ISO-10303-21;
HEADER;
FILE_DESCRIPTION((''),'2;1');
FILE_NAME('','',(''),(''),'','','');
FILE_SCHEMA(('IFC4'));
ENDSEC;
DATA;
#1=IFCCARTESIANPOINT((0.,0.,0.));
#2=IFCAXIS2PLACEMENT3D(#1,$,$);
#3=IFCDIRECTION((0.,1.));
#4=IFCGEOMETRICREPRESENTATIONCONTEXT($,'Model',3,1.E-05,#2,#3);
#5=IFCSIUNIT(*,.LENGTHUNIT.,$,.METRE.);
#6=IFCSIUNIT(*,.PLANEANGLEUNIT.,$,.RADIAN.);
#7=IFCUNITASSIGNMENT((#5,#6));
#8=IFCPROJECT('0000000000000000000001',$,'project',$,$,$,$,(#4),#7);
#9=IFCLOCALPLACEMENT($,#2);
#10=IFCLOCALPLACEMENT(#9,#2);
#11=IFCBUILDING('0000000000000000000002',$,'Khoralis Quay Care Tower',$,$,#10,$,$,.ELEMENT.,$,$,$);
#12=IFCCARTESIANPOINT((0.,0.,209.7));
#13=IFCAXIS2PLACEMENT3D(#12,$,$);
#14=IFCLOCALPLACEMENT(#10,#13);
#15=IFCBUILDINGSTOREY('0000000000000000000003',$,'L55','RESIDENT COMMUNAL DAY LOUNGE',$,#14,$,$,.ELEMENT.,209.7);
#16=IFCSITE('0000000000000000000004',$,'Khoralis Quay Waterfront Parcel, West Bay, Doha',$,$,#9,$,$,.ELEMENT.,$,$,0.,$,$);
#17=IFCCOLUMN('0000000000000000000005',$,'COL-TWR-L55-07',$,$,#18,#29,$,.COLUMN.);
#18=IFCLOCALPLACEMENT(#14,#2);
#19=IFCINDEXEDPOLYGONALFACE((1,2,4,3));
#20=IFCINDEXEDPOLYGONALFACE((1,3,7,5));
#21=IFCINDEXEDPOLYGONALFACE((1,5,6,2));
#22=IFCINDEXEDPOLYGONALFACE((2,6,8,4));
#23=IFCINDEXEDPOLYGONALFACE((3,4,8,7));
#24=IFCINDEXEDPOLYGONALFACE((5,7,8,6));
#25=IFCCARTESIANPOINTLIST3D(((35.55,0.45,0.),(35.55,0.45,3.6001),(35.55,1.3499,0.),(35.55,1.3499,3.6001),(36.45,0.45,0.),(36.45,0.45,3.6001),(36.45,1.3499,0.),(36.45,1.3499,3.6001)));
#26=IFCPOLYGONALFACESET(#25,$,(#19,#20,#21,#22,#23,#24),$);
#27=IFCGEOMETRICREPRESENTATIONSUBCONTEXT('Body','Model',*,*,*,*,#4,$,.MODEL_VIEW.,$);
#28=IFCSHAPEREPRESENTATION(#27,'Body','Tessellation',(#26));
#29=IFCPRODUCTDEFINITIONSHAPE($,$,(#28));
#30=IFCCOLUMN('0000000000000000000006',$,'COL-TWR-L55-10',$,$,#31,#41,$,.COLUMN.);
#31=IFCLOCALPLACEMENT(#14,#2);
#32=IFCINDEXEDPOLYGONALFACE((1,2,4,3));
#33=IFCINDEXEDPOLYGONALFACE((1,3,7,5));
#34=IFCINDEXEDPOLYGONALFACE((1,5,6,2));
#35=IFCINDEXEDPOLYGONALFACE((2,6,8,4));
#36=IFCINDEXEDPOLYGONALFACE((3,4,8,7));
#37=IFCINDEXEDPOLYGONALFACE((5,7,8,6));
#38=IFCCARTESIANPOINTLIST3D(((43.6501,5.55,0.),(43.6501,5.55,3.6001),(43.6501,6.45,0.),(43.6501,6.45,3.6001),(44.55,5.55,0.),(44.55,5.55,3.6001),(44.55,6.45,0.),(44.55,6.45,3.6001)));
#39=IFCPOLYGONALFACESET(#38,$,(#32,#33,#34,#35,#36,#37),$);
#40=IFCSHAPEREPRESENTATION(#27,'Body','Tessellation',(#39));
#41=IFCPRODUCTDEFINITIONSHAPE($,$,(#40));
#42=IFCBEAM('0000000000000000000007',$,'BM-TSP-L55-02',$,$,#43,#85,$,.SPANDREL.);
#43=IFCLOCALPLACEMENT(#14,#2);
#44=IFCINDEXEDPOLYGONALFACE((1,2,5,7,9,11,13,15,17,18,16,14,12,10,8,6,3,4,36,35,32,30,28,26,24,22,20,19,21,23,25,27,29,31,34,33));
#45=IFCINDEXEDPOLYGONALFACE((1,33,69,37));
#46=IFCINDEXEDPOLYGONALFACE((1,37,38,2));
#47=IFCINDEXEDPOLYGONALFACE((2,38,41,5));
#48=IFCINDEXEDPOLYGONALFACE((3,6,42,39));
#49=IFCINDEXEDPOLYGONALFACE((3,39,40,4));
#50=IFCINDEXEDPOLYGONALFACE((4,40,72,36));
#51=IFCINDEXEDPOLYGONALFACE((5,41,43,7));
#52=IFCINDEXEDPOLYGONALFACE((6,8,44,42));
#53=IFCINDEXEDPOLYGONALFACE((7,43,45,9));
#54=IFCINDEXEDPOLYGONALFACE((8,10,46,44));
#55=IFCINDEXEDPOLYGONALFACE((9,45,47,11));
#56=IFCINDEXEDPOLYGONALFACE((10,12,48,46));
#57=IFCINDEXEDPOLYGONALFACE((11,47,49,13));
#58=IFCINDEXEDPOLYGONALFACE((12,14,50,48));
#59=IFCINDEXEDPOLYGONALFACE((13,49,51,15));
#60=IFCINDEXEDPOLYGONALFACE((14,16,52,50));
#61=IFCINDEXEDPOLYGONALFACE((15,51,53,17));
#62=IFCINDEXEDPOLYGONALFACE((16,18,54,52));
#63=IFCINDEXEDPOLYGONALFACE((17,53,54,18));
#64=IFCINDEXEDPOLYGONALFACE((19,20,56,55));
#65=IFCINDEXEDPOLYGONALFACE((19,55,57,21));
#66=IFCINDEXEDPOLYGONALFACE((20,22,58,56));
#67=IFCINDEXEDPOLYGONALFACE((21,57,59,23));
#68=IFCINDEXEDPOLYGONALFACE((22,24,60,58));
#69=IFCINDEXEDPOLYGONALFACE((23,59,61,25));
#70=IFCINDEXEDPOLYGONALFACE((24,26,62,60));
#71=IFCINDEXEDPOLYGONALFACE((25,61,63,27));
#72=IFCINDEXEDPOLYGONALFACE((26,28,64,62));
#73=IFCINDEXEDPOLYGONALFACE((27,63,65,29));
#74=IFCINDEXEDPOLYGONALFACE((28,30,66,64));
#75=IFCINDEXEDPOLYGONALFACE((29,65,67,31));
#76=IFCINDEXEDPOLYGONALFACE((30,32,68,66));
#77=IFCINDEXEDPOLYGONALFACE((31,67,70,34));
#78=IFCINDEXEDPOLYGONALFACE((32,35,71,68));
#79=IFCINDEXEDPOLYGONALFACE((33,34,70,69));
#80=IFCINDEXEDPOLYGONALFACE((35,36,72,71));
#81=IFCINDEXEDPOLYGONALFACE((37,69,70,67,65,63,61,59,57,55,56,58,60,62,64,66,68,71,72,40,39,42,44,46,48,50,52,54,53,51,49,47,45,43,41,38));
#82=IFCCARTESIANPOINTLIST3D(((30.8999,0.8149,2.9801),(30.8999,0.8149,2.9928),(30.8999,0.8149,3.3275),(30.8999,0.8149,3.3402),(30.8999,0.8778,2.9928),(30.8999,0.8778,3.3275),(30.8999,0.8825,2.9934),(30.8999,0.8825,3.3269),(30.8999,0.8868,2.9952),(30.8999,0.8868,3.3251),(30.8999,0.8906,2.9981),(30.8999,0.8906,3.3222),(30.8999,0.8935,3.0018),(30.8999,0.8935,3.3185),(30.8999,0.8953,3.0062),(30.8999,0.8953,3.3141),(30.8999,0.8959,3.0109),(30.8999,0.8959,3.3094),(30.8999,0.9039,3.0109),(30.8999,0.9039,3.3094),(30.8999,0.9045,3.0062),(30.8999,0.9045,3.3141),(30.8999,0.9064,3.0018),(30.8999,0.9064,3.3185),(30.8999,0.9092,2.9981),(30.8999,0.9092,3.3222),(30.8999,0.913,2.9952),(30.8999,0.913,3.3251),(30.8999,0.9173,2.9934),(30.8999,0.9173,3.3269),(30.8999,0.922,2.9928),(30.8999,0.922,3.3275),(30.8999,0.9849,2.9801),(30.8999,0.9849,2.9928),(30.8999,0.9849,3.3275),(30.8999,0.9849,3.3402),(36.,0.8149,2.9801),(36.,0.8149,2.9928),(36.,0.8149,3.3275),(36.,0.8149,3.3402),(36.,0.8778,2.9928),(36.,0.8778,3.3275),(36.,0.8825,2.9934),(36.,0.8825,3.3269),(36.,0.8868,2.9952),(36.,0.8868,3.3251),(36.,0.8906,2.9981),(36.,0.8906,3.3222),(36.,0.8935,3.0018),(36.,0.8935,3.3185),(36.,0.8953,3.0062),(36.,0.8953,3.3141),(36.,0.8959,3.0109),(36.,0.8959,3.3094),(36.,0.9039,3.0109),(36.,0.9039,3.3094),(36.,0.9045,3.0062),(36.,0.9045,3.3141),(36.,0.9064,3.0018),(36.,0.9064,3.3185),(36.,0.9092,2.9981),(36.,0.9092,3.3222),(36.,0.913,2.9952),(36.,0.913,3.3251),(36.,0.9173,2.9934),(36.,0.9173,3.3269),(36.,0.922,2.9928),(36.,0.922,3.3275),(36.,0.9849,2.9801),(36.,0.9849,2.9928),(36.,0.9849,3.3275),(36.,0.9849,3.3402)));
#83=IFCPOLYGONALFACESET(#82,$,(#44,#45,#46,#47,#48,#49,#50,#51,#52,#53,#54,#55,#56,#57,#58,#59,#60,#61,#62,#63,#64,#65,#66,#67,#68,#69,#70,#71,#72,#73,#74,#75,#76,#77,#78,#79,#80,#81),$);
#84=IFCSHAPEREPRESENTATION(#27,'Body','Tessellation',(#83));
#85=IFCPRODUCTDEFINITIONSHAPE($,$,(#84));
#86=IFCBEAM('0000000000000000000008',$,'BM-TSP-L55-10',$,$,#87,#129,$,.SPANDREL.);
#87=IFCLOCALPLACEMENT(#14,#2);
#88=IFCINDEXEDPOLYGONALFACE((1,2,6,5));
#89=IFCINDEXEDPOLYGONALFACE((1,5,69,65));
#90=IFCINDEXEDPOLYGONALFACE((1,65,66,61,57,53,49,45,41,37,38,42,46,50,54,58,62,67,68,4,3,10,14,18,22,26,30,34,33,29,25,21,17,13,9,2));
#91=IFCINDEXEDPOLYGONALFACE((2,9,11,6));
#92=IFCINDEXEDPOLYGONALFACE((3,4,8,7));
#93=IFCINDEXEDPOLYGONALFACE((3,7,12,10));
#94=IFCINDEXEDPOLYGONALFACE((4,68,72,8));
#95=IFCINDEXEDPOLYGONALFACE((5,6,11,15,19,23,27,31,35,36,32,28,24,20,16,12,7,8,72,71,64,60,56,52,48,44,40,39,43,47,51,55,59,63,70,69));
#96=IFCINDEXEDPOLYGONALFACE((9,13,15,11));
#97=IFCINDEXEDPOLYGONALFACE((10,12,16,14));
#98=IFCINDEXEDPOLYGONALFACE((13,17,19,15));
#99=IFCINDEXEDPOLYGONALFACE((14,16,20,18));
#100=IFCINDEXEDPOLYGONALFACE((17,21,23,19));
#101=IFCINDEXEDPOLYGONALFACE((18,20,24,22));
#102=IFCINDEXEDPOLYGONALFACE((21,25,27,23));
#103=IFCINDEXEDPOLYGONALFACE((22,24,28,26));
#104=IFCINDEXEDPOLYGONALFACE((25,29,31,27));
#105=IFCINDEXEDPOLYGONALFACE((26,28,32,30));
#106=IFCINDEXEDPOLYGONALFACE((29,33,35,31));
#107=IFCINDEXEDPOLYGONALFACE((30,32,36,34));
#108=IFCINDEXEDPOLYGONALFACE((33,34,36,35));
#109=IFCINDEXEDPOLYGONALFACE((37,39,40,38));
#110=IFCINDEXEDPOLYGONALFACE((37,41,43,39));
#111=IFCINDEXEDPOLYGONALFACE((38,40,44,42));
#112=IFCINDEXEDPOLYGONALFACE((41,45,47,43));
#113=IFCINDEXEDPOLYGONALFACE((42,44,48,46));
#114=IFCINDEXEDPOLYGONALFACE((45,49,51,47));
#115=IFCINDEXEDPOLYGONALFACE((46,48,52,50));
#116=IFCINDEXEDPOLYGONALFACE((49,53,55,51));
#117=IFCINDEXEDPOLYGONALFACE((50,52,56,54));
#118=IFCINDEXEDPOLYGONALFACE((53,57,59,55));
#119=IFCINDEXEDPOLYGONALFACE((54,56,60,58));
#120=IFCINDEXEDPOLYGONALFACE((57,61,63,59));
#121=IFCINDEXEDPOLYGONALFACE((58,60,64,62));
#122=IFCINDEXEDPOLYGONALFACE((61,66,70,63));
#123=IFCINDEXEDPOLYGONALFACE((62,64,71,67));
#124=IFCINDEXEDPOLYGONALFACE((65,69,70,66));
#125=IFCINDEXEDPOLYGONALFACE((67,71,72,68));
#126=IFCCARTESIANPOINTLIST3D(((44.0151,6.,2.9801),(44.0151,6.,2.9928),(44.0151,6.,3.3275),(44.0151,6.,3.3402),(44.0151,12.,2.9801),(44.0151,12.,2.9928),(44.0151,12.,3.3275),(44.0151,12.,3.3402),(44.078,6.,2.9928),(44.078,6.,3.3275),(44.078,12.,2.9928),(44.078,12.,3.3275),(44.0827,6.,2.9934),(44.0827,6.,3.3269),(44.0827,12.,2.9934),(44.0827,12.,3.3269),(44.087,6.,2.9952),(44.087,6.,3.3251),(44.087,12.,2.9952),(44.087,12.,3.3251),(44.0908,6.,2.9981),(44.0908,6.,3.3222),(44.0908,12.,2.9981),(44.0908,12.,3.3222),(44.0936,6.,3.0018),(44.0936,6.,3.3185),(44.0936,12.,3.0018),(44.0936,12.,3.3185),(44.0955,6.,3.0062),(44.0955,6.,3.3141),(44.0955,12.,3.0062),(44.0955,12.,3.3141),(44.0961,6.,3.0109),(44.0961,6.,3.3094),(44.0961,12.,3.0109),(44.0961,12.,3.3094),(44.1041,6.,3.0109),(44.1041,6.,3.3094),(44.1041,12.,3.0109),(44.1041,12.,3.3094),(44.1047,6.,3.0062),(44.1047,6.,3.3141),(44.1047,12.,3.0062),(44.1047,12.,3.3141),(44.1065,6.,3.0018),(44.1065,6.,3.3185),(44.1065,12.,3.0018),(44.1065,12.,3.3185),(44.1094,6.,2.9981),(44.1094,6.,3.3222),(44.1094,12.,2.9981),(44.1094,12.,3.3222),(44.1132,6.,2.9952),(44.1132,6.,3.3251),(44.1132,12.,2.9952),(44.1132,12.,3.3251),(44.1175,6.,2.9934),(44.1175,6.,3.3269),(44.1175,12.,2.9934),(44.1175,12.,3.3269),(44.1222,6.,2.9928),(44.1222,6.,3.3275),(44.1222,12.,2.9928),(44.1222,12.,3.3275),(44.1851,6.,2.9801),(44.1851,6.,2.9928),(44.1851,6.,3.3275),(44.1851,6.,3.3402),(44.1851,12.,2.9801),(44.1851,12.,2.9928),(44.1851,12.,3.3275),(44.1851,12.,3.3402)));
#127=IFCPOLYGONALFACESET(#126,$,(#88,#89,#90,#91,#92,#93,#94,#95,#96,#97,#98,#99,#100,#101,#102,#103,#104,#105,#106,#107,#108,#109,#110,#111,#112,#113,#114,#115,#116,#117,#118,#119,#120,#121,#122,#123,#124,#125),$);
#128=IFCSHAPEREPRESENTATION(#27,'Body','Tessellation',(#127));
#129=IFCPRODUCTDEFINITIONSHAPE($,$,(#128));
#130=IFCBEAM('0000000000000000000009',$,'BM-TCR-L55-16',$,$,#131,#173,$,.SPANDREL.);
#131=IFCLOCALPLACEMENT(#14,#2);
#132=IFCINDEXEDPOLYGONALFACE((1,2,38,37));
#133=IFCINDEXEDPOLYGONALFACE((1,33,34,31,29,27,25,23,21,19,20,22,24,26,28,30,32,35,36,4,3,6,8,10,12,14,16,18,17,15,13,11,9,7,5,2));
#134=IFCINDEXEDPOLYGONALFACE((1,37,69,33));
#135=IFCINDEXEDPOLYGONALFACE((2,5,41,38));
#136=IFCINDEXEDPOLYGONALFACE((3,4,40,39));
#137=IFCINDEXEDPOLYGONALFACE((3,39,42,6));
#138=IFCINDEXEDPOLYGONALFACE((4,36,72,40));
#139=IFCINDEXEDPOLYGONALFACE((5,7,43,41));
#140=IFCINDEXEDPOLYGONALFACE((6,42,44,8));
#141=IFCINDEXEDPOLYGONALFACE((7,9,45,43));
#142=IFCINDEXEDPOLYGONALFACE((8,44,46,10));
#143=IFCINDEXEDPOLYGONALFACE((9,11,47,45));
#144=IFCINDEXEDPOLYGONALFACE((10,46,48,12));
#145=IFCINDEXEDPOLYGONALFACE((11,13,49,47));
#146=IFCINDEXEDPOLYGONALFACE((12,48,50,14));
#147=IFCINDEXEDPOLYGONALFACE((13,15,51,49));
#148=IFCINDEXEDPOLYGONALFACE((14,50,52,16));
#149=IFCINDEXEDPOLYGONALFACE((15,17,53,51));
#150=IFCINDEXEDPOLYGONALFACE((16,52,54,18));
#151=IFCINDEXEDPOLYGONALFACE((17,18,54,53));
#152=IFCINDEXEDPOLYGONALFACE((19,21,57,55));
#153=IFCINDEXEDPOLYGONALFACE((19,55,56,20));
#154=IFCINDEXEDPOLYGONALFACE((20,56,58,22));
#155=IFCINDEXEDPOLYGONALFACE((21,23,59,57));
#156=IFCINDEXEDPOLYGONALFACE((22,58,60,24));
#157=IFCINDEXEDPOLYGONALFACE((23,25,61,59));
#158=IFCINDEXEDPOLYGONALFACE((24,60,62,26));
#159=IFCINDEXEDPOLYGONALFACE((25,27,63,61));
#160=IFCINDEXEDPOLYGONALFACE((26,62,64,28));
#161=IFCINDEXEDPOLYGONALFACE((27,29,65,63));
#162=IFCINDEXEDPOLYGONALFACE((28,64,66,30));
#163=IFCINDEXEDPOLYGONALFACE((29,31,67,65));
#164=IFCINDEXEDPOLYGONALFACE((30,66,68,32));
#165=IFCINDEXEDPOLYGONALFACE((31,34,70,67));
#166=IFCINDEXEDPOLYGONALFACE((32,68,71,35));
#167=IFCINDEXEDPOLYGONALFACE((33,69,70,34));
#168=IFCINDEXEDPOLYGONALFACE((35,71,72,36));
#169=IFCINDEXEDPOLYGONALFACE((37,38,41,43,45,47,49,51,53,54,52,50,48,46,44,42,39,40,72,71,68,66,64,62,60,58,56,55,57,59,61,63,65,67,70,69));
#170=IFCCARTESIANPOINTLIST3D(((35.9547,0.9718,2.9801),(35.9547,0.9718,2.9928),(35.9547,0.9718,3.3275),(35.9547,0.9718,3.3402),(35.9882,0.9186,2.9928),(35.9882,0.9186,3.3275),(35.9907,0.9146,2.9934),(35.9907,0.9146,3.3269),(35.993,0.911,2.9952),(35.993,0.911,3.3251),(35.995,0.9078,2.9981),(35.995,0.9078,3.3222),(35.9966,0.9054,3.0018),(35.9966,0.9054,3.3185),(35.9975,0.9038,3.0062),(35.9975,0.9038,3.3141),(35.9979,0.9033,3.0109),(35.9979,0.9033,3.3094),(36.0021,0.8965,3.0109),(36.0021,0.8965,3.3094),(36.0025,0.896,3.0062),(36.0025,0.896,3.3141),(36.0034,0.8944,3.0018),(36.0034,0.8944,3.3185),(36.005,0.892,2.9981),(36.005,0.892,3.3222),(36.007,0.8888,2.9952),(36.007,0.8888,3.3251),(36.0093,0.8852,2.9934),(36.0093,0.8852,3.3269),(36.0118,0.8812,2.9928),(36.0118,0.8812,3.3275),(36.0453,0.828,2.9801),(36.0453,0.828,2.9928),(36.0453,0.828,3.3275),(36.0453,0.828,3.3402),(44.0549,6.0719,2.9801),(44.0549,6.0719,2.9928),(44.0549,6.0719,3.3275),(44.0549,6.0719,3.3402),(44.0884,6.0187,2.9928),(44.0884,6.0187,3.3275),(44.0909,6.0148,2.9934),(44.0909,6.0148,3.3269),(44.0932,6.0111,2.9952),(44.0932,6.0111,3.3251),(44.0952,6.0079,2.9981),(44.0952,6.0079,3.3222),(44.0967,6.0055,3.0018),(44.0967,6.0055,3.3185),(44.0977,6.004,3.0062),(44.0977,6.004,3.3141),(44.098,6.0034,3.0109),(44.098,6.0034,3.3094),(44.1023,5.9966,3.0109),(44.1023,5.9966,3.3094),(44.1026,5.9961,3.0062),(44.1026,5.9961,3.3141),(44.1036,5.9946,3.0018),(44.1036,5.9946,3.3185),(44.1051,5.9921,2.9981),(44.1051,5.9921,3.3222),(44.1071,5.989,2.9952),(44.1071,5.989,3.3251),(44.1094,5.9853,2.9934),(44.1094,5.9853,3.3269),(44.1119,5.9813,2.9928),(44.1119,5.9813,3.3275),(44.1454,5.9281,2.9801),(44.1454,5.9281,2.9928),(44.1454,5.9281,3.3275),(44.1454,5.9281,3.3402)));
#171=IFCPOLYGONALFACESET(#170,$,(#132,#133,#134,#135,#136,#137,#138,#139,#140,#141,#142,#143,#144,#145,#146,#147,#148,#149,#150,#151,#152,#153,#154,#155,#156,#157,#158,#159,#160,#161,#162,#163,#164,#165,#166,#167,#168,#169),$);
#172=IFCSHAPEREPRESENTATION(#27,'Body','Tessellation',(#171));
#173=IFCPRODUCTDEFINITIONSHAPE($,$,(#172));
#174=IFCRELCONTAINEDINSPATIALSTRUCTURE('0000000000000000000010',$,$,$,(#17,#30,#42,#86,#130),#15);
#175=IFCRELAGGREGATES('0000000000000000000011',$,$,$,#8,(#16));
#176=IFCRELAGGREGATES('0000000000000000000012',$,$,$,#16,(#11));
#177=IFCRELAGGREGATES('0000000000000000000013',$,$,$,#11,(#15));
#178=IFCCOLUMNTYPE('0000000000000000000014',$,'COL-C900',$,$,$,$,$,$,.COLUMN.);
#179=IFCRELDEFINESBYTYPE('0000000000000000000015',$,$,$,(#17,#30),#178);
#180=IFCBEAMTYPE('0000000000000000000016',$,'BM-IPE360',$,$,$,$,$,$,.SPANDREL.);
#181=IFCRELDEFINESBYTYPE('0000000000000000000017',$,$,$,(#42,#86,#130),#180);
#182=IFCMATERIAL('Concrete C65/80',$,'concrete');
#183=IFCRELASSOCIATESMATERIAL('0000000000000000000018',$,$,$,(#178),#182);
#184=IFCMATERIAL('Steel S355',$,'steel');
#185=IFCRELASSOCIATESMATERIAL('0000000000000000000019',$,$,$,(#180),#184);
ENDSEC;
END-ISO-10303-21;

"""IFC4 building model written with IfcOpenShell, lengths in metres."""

from ifc_helpers import new_model, si_unit, direction, frame, origin, origin_2d, place, context, subcontext, project, spatial, rectangle, i_section, extrude, source, transform, mapped, material, material_profile, profile_set, type_object, element, save


model = new_model("IFC4")

# Units and contexts
model_context = context("Model", 3, precision=1e-05, world=origin(), true_north=direction((0.0, 1.0)))
body_context = subcontext(model_context, "Body", "Model", "MODEL_VIEW")
ifc_project = project(units=[si_unit("LENGTHUNIT", "METRE"), si_unit("PLANEANGLEUNIT", "RADIAN")], contexts=[model_context])

# Site, building, storey
site_placement = place(None, origin())
site = spatial("IfcSite", under=ifc_project, at=site_placement, Name="Khoralis Quay Waterfront Parcel, West Bay, Doha", CompositionType="ELEMENT", RefElevation=0.0)
building_placement = place(site_placement, origin())
building = spatial("IfcBuilding", under=site, at=building_placement, Name="Khoralis Quay Care Tower", CompositionType="ELEMENT")
storey_placement = place(building_placement, frame((0.0, 0.0, 209.7)))
storey = spatial("IfcBuildingStorey", under=building, at=storey_placement, Name="L55", Description="RESIDENT COMMUNAL DAY LOUNGE", CompositionType="ELEMENT", Elevation=209.7)

# Columns
ifc_material_1 = material(Name="Concrete C65/80", Category="concrete")
ifc_material_profile_1 = material_profile(ifc_material_1, rectangle(XDim=0.8999, YDim=0.8999, at=origin_2d()), Name="Concrete C65/80")
ifc_profile_set_1 = profile_set([ifc_material_profile_1], Name="Concrete C65/80")
column_type = type_object("IfcColumnType", Name="COL-C900", PredefinedType="COLUMN", material=ifc_profile_set_1)
shared_shape_1 = source(origin(), body_context, "Body", "SweptSolid", [
    extrude(rectangle(XDim=0.8999, YDim=0.8999, at=origin_2d()), origin(), (0.0, 0.0, 1.0), 3.6001),
])
for number, where, z_axis, x_axis, name in (
    (1, (36.0, 0.8999, 0.0), (0.0, 0.0, 1.0), (1.0, 0.0, 0.0), "COL-TWR-L55-07"),
    (2, (44.1001, 6.0, 0.0), (0.0, 0.0, 1.0), (1.0, 0.0, 0.0), "COL-TWR-L55-10"),
):
    element("IfcColumn", number, at=place(storey_placement, frame(where, z_axis=z_axis, x_axis=x_axis)), inside=storey, type_object=column_type, Name=name, PredefinedType="COLUMN", context=body_context, shape_type="MappedRepresentation", body=[
        mapped(shared_shape_1, transform((0.0, 0.0, 0.0), scale=1.0)),
    ])

# Beams
ifc_material_2 = material(Name="Steel S355", Category="steel")
ifc_material_profile_2 = material_profile(ifc_material_2, i_section(OverallWidth=0.1699, OverallDepth=0.3601, WebThickness=0.0081, FlangeThickness=0.0127, FilletRadius=0.0181, at=origin_2d()), Name="Steel S355")
ifc_profile_set_2 = profile_set([ifc_material_profile_2], Name="Steel S355")
beam_type_1 = type_object("IfcBeamType", Name="BM-IPE360", PredefinedType="SPANDREL", material=ifc_profile_set_2)
shared_shape_2 = source(origin(), body_context, "Body", "SweptSolid", [
    extrude(i_section(OverallWidth=0.1699, OverallDepth=0.3601, WebThickness=0.0081, FlangeThickness=0.0127, FilletRadius=0.0181, at=origin_2d()), origin(), (0.0, 0.0, 1.0), 5.1001),
])
beam_1_placement = place(storey_placement, frame((30.8999, 0.8999, 3.1602), z_axis=(1.0, 0.0, 0.0), x_axis=(0.0, 1.0, 0.0)))
element("IfcBeam", 3, at=beam_1_placement, inside=storey, type_object=beam_type_1, Name="BM-TSP-L55-02", PredefinedType="SPANDREL", context=body_context, shape_type="MappedRepresentation", body=[
    mapped(shared_shape_2, transform((0.0, 0.0, 0.0), scale=1.0)),
])
shared_shape_3 = source(origin(), body_context, "Body", "SweptSolid", [
    extrude(i_section(OverallWidth=0.1699, OverallDepth=0.3601, WebThickness=0.0081, FlangeThickness=0.0127, FilletRadius=0.0181, at=origin_2d()), origin(), (0.0, 0.0, 1.0), 6.0),
])
beam_2_placement = place(storey_placement, frame((44.1001, 6.0, 3.1602), z_axis=(0.0, 1.0, 0.0), x_axis=(-1.0, 0.0, 0.0)))
element("IfcBeam", 4, at=beam_2_placement, inside=storey, type_object=beam_type_1, Name="BM-TSP-L55-10", PredefinedType="SPANDREL", context=body_context, shape_type="MappedRepresentation", body=[
    mapped(shared_shape_3, transform((0.0, 0.0, 0.0), scale=1.0)),
])
shared_shape_4 = source(origin(), body_context, "Body", "SweptSolid", [
    extrude(i_section(OverallWidth=0.1699, OverallDepth=0.3601, WebThickness=0.0081, FlangeThickness=0.0127, FilletRadius=0.0181, at=origin_2d()), origin(), (0.0, 0.0, 1.0), 9.572),
])
beam_3_placement = place(storey_placement, frame((36.0, 0.8999, 3.1602), z_axis=(0.846231, 0.532816, 0.0), x_axis=(-0.532816, 0.846231, 0.0)))
element("IfcBeam", 5, at=beam_3_placement, inside=storey, type_object=beam_type_1, Name="BM-TCR-L55-16", PredefinedType="SPANDREL", context=body_context, shape_type="MappedRepresentation", body=[
    mapped(shared_shape_4, transform((0.0, 0.0, 0.0), scale=1.0)),
])

save(model, "model.ifc")
